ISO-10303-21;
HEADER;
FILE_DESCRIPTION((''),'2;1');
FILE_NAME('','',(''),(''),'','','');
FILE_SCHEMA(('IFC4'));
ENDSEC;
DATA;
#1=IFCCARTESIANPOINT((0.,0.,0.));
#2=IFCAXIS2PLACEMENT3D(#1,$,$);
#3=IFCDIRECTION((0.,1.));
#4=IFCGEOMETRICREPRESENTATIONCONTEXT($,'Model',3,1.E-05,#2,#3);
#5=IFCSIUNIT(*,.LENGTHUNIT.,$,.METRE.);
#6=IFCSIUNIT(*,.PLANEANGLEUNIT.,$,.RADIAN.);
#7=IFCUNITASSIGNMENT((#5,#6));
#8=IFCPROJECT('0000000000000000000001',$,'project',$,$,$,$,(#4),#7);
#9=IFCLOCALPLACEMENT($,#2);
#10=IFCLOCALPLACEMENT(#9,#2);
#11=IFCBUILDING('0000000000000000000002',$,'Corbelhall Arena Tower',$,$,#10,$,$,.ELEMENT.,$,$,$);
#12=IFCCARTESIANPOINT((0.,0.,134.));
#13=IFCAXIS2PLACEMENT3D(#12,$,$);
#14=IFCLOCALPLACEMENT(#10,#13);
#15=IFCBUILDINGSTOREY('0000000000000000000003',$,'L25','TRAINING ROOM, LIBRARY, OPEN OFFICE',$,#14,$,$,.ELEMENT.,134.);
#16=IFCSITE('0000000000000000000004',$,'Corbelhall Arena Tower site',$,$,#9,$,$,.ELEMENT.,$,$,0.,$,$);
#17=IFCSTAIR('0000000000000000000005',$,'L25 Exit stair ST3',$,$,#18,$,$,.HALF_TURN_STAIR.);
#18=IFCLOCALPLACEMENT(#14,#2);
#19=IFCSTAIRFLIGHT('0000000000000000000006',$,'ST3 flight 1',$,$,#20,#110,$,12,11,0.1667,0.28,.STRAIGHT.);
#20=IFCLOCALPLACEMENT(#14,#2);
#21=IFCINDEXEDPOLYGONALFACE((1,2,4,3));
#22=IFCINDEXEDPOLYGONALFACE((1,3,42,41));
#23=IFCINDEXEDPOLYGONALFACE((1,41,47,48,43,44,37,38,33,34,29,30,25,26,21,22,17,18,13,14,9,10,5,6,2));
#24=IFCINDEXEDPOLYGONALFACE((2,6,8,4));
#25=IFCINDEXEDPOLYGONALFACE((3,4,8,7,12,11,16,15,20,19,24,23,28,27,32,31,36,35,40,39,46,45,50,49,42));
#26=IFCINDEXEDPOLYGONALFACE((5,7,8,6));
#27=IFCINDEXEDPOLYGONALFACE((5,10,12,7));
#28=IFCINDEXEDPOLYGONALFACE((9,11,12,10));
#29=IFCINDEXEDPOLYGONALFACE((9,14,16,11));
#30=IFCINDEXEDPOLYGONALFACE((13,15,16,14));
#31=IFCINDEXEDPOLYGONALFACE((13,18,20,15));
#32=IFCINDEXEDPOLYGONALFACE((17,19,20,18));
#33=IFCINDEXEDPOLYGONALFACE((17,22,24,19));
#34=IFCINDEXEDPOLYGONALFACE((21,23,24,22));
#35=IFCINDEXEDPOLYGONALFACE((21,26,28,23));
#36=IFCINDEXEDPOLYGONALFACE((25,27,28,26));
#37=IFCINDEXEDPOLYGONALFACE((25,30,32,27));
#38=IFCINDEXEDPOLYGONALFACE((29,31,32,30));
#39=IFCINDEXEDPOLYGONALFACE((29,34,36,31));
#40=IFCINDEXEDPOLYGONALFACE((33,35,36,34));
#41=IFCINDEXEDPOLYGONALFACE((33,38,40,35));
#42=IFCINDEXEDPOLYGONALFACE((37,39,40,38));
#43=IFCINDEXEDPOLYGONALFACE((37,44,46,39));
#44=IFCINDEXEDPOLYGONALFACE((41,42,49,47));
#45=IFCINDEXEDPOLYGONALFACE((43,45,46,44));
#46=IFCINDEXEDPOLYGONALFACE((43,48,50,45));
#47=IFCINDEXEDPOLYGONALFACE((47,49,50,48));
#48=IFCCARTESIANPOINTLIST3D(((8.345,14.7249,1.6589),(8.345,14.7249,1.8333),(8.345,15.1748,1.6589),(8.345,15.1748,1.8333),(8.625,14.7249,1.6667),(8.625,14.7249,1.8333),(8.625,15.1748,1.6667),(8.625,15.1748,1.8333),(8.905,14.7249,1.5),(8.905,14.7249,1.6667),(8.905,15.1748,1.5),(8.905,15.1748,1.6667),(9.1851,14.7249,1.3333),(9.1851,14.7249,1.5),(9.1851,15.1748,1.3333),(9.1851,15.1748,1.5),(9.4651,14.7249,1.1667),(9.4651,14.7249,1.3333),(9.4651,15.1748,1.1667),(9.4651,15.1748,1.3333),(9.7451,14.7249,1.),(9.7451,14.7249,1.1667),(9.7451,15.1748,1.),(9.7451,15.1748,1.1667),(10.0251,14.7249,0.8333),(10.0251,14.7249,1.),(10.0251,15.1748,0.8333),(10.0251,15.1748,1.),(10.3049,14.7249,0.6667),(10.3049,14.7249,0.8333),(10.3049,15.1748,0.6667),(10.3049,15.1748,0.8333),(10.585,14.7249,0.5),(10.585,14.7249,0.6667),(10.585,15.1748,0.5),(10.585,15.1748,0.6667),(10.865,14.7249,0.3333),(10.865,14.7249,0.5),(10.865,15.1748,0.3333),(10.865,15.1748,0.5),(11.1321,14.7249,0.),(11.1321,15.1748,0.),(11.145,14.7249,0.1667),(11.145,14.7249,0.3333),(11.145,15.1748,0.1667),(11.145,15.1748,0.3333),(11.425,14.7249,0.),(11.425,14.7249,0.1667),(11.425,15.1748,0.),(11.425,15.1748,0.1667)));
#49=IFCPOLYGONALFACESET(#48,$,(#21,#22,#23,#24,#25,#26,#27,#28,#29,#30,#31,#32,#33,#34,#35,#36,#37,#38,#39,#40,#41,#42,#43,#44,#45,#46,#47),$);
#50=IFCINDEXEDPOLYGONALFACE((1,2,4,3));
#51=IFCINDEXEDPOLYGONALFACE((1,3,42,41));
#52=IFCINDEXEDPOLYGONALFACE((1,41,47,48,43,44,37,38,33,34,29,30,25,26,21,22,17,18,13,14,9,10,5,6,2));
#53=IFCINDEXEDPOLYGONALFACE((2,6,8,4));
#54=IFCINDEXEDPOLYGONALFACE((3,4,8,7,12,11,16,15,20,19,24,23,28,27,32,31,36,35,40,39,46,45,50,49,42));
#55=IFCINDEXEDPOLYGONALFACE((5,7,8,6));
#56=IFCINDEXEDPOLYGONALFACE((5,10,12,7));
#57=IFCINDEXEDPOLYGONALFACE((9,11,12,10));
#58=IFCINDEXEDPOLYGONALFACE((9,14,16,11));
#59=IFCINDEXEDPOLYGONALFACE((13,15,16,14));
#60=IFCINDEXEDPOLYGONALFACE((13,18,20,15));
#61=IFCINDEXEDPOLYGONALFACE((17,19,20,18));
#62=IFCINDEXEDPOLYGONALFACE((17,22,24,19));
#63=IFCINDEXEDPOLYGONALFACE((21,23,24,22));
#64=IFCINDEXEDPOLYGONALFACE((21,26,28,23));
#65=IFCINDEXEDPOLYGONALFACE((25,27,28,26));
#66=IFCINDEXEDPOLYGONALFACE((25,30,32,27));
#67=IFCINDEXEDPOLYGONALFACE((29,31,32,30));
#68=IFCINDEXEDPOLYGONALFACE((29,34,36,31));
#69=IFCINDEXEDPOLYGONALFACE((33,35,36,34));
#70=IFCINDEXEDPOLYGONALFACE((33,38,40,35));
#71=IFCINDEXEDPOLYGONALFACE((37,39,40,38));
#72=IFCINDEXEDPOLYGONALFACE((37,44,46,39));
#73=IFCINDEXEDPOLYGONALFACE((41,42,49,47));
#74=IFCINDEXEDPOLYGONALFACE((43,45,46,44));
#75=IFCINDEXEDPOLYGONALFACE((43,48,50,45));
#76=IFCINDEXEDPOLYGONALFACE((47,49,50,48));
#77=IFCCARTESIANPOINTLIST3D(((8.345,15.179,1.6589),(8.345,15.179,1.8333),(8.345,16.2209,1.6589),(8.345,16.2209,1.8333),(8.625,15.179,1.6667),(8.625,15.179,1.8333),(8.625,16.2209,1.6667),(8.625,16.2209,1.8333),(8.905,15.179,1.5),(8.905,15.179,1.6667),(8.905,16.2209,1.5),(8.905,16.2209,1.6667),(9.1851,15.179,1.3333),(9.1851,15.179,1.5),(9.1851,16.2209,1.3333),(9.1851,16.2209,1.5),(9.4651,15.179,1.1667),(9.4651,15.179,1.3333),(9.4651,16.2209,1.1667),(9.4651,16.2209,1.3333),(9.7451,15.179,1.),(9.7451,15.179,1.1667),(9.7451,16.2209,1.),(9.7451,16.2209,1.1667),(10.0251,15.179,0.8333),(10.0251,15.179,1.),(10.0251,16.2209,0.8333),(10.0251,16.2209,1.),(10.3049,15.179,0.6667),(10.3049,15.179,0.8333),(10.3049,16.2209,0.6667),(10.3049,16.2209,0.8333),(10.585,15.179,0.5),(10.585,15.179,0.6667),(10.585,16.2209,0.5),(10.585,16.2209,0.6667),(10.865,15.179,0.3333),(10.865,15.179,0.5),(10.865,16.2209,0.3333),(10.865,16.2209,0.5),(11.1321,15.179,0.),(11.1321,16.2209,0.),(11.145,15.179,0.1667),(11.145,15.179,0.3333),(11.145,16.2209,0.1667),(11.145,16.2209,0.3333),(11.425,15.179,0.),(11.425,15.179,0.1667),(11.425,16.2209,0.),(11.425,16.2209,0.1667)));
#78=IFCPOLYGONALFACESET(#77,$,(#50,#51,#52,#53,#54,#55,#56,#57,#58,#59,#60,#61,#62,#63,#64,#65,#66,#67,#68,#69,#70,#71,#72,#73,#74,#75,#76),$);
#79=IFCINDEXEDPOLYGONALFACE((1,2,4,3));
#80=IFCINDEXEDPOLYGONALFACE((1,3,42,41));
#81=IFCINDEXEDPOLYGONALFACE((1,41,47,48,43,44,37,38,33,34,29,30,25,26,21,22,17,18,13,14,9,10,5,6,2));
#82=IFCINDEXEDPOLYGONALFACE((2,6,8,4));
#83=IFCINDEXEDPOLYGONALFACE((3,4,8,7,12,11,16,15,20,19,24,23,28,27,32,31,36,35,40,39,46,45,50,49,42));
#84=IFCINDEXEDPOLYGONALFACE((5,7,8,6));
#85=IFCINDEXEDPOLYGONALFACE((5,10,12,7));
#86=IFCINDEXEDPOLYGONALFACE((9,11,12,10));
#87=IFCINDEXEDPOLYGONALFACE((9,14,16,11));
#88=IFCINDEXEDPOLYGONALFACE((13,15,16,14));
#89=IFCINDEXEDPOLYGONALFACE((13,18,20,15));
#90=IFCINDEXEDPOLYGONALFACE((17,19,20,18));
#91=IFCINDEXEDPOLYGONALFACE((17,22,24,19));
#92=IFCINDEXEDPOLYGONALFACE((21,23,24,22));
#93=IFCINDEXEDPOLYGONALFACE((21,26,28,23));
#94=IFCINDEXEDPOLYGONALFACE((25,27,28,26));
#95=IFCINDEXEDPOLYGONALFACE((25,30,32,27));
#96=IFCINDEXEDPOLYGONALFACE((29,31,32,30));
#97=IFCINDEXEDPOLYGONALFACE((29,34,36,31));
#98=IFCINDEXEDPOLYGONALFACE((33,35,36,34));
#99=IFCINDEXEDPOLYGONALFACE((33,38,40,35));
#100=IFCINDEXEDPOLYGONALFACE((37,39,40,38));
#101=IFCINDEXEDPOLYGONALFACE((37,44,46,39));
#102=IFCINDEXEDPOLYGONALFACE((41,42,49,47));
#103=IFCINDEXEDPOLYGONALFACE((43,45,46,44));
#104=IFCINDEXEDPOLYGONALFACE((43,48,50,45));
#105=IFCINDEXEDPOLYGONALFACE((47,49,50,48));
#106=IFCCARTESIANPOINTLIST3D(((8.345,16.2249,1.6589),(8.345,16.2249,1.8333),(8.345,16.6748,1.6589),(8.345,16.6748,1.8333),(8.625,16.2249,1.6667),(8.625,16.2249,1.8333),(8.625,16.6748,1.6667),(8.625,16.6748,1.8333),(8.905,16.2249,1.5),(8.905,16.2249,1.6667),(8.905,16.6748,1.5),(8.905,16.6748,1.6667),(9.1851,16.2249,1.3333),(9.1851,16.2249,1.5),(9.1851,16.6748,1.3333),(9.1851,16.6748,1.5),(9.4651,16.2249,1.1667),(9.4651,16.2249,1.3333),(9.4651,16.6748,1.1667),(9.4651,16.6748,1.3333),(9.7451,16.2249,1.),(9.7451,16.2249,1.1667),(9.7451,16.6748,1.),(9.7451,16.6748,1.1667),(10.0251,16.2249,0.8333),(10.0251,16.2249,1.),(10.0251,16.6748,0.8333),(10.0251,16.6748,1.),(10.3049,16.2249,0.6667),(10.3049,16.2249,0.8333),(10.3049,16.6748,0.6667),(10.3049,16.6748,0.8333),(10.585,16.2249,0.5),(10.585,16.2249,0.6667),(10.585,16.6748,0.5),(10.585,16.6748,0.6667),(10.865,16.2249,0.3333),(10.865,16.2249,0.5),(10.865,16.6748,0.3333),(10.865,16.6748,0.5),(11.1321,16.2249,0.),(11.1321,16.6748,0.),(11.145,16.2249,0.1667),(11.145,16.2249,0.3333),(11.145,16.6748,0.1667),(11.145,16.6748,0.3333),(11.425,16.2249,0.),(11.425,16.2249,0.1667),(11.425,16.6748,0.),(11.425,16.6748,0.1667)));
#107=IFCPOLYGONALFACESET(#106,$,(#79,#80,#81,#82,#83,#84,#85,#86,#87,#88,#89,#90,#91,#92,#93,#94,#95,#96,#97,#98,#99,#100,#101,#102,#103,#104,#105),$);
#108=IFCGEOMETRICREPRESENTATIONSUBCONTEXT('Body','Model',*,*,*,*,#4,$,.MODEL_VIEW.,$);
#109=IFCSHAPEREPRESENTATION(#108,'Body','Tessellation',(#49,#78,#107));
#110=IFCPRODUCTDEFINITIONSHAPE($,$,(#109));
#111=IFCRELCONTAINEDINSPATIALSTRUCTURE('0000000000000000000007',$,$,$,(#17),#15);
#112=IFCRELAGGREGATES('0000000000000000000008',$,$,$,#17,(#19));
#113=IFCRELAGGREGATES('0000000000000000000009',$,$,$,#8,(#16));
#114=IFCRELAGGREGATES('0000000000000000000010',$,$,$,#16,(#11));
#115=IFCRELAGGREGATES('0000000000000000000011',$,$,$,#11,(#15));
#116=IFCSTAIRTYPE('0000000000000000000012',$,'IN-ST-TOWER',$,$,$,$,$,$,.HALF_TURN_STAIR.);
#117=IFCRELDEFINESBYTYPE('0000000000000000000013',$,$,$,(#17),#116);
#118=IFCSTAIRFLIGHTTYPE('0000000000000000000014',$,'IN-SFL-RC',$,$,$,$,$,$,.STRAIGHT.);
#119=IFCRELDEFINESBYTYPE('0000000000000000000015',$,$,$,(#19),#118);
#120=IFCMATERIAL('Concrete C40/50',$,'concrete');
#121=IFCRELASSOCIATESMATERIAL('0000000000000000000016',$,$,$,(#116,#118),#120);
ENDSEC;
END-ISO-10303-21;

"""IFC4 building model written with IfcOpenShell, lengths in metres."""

from ifc_helpers import new_model, si_unit, direction, frame, origin, place, context, subcontext, project, spatial, polyline, outline, extrude, material, type_object, element, aggregate, save


model = new_model("IFC4")

# Units and contexts
model_context = context("Model", 3, precision=1e-05, world=origin(), true_north=direction((0.0, 1.0)))
body_context = subcontext(model_context, "Body", "Model", "MODEL_VIEW")
ifc_project = project(units=[si_unit("LENGTHUNIT", "METRE"), si_unit("PLANEANGLEUNIT", "RADIAN")], contexts=[model_context])

# Site, building, storey
site_placement = place(None, origin())
site = spatial("IfcSite", under=ifc_project, at=site_placement, Name="Corbelhall Arena Tower site", CompositionType="ELEMENT", RefElevation=0.0)
building_placement = place(site_placement, origin())
building = spatial("IfcBuilding", under=site, at=building_placement, Name="Corbelhall Arena Tower", CompositionType="ELEMENT")
storey_placement = place(building_placement, frame((0.0, 0.0, 134.0)))
storey = spatial("IfcBuildingStorey", under=building, at=storey_placement, Name="L25", Description="TRAINING ROOM, LIBRARY, OPEN OFFICE", CompositionType="ELEMENT", Elevation=134.0)

# Shared definitions
ifc_material_1 = material(Name="Concrete C40/50", Category="concrete")

# Stair, stair flight
stair_type = type_object("IfcStairType", Name="IN-ST-TOWER", PredefinedType="HALF_TURN_STAIR", material=ifc_material_1)
stair_placement = place(storey_placement, origin())
stair = element("IfcStair", 1, at=stair_placement, inside=storey, type_object=stair_type, Name="L25 Exit stair ST3", PredefinedType="HALF_TURN_STAIR")
stair_flight_type = type_object("IfcStairFlightType", Name="IN-SFL-RC", PredefinedType="STRAIGHT", material=ifc_material_1)
stair_flight_1_placement = place(storey_placement, frame((11.425, 15.7, 0.0), z_axis=(0.0, 0.0, 1.0), x_axis=(-1.0, 0.0, 0.0)))
stair_flight_1 = element("IfcStairFlight", 2, at=stair_flight_1_placement, type_object=stair_flight_type, Name="ST3 flight 1", NumberOfRisers=12, NumberOfTreads=11, PredefinedType="STRAIGHT", RiserHeight=0.1667, TreadLength=0.28, context=body_context, shape_type="SweptSolid", body=[
    extrude(outline(polyline([(0.0, 0.0), (0.0, 0.1667), (0.28, 0.1667), (0.28, 0.3333), (0.5601, 0.3333), (0.5601, 0.5), (0.8401, 0.5), (0.8401, 0.6667), (1.1201, 0.6667), (1.1201, 0.8333), (1.3999, 0.8333), (1.3999, 1.0), (1.6799, 1.0), (1.6799, 1.1667), (1.96, 1.1667), (1.96, 1.3333), (2.24, 1.3333), (2.24, 1.5), (2.52, 1.5), (2.52, 1.6667), (2.8, 1.6667), (2.8, 1.8333), (3.0801, 1.8333), (3.0801, 2.0), (3.0801, 1.6589), (0.293, 0.0), (0.0, 0.0)])), frame((0.0, 0.9751, 0.0), z_axis=(0.0, -1.0, 0.0), x_axis=(1.0, 0.0, 0.0)), (0.0, 0.0, 1.0), 0.45),
    extrude(outline(polyline([(0.0, 0.0), (0.0, 0.1667), (0.28, 0.1667), (0.28, 0.3333), (0.5601, 0.3333), (0.5601, 0.5), (0.8401, 0.5), (0.8401, 0.6667), (1.1201, 0.6667), (1.1201, 0.8333), (1.3999, 0.8333), (1.3999, 1.0), (1.6799, 1.0), (1.6799, 1.1667), (1.96, 1.1667), (1.96, 1.3333), (2.24, 1.3333), (2.24, 1.5), (2.52, 1.5), (2.52, 1.6667), (2.8, 1.6667), (2.8, 1.8333), (3.0801, 1.8333), (3.0801, 2.0), (3.0801, 1.6589), (0.293, 0.0), (0.0, 0.0)])), frame((0.0, 0.521, 0.0), z_axis=(0.0, -1.0, 0.0), x_axis=(1.0, 0.0, 0.0)), (0.0, 0.0, 1.0), 1.042),
    extrude(outline(polyline([(0.0, 0.0), (0.0, 0.1667), (0.28, 0.1667), (0.28, 0.3333), (0.5601, 0.3333), (0.5601, 0.5), (0.8401, 0.5), (0.8401, 0.6667), (1.1201, 0.6667), (1.1201, 0.8333), (1.3999, 0.8333), (1.3999, 1.0), (1.6799, 1.0), (1.6799, 1.1667), (1.96, 1.1667), (1.96, 1.3333), (2.24, 1.3333), (2.24, 1.5), (2.52, 1.5), (2.52, 1.6667), (2.8, 1.6667), (2.8, 1.8333), (3.0801, 1.8333), (3.0801, 2.0), (3.0801, 1.6589), (0.293, 0.0), (0.0, 0.0)])), frame((0.0, -0.5249, 0.0), z_axis=(0.0, -1.0, 0.0), x_axis=(1.0, 0.0, 0.0)), (0.0, 0.0, 1.0), 0.45),
])
aggregate(stair, [stair_flight_1])

save(model, "model.ifc")
